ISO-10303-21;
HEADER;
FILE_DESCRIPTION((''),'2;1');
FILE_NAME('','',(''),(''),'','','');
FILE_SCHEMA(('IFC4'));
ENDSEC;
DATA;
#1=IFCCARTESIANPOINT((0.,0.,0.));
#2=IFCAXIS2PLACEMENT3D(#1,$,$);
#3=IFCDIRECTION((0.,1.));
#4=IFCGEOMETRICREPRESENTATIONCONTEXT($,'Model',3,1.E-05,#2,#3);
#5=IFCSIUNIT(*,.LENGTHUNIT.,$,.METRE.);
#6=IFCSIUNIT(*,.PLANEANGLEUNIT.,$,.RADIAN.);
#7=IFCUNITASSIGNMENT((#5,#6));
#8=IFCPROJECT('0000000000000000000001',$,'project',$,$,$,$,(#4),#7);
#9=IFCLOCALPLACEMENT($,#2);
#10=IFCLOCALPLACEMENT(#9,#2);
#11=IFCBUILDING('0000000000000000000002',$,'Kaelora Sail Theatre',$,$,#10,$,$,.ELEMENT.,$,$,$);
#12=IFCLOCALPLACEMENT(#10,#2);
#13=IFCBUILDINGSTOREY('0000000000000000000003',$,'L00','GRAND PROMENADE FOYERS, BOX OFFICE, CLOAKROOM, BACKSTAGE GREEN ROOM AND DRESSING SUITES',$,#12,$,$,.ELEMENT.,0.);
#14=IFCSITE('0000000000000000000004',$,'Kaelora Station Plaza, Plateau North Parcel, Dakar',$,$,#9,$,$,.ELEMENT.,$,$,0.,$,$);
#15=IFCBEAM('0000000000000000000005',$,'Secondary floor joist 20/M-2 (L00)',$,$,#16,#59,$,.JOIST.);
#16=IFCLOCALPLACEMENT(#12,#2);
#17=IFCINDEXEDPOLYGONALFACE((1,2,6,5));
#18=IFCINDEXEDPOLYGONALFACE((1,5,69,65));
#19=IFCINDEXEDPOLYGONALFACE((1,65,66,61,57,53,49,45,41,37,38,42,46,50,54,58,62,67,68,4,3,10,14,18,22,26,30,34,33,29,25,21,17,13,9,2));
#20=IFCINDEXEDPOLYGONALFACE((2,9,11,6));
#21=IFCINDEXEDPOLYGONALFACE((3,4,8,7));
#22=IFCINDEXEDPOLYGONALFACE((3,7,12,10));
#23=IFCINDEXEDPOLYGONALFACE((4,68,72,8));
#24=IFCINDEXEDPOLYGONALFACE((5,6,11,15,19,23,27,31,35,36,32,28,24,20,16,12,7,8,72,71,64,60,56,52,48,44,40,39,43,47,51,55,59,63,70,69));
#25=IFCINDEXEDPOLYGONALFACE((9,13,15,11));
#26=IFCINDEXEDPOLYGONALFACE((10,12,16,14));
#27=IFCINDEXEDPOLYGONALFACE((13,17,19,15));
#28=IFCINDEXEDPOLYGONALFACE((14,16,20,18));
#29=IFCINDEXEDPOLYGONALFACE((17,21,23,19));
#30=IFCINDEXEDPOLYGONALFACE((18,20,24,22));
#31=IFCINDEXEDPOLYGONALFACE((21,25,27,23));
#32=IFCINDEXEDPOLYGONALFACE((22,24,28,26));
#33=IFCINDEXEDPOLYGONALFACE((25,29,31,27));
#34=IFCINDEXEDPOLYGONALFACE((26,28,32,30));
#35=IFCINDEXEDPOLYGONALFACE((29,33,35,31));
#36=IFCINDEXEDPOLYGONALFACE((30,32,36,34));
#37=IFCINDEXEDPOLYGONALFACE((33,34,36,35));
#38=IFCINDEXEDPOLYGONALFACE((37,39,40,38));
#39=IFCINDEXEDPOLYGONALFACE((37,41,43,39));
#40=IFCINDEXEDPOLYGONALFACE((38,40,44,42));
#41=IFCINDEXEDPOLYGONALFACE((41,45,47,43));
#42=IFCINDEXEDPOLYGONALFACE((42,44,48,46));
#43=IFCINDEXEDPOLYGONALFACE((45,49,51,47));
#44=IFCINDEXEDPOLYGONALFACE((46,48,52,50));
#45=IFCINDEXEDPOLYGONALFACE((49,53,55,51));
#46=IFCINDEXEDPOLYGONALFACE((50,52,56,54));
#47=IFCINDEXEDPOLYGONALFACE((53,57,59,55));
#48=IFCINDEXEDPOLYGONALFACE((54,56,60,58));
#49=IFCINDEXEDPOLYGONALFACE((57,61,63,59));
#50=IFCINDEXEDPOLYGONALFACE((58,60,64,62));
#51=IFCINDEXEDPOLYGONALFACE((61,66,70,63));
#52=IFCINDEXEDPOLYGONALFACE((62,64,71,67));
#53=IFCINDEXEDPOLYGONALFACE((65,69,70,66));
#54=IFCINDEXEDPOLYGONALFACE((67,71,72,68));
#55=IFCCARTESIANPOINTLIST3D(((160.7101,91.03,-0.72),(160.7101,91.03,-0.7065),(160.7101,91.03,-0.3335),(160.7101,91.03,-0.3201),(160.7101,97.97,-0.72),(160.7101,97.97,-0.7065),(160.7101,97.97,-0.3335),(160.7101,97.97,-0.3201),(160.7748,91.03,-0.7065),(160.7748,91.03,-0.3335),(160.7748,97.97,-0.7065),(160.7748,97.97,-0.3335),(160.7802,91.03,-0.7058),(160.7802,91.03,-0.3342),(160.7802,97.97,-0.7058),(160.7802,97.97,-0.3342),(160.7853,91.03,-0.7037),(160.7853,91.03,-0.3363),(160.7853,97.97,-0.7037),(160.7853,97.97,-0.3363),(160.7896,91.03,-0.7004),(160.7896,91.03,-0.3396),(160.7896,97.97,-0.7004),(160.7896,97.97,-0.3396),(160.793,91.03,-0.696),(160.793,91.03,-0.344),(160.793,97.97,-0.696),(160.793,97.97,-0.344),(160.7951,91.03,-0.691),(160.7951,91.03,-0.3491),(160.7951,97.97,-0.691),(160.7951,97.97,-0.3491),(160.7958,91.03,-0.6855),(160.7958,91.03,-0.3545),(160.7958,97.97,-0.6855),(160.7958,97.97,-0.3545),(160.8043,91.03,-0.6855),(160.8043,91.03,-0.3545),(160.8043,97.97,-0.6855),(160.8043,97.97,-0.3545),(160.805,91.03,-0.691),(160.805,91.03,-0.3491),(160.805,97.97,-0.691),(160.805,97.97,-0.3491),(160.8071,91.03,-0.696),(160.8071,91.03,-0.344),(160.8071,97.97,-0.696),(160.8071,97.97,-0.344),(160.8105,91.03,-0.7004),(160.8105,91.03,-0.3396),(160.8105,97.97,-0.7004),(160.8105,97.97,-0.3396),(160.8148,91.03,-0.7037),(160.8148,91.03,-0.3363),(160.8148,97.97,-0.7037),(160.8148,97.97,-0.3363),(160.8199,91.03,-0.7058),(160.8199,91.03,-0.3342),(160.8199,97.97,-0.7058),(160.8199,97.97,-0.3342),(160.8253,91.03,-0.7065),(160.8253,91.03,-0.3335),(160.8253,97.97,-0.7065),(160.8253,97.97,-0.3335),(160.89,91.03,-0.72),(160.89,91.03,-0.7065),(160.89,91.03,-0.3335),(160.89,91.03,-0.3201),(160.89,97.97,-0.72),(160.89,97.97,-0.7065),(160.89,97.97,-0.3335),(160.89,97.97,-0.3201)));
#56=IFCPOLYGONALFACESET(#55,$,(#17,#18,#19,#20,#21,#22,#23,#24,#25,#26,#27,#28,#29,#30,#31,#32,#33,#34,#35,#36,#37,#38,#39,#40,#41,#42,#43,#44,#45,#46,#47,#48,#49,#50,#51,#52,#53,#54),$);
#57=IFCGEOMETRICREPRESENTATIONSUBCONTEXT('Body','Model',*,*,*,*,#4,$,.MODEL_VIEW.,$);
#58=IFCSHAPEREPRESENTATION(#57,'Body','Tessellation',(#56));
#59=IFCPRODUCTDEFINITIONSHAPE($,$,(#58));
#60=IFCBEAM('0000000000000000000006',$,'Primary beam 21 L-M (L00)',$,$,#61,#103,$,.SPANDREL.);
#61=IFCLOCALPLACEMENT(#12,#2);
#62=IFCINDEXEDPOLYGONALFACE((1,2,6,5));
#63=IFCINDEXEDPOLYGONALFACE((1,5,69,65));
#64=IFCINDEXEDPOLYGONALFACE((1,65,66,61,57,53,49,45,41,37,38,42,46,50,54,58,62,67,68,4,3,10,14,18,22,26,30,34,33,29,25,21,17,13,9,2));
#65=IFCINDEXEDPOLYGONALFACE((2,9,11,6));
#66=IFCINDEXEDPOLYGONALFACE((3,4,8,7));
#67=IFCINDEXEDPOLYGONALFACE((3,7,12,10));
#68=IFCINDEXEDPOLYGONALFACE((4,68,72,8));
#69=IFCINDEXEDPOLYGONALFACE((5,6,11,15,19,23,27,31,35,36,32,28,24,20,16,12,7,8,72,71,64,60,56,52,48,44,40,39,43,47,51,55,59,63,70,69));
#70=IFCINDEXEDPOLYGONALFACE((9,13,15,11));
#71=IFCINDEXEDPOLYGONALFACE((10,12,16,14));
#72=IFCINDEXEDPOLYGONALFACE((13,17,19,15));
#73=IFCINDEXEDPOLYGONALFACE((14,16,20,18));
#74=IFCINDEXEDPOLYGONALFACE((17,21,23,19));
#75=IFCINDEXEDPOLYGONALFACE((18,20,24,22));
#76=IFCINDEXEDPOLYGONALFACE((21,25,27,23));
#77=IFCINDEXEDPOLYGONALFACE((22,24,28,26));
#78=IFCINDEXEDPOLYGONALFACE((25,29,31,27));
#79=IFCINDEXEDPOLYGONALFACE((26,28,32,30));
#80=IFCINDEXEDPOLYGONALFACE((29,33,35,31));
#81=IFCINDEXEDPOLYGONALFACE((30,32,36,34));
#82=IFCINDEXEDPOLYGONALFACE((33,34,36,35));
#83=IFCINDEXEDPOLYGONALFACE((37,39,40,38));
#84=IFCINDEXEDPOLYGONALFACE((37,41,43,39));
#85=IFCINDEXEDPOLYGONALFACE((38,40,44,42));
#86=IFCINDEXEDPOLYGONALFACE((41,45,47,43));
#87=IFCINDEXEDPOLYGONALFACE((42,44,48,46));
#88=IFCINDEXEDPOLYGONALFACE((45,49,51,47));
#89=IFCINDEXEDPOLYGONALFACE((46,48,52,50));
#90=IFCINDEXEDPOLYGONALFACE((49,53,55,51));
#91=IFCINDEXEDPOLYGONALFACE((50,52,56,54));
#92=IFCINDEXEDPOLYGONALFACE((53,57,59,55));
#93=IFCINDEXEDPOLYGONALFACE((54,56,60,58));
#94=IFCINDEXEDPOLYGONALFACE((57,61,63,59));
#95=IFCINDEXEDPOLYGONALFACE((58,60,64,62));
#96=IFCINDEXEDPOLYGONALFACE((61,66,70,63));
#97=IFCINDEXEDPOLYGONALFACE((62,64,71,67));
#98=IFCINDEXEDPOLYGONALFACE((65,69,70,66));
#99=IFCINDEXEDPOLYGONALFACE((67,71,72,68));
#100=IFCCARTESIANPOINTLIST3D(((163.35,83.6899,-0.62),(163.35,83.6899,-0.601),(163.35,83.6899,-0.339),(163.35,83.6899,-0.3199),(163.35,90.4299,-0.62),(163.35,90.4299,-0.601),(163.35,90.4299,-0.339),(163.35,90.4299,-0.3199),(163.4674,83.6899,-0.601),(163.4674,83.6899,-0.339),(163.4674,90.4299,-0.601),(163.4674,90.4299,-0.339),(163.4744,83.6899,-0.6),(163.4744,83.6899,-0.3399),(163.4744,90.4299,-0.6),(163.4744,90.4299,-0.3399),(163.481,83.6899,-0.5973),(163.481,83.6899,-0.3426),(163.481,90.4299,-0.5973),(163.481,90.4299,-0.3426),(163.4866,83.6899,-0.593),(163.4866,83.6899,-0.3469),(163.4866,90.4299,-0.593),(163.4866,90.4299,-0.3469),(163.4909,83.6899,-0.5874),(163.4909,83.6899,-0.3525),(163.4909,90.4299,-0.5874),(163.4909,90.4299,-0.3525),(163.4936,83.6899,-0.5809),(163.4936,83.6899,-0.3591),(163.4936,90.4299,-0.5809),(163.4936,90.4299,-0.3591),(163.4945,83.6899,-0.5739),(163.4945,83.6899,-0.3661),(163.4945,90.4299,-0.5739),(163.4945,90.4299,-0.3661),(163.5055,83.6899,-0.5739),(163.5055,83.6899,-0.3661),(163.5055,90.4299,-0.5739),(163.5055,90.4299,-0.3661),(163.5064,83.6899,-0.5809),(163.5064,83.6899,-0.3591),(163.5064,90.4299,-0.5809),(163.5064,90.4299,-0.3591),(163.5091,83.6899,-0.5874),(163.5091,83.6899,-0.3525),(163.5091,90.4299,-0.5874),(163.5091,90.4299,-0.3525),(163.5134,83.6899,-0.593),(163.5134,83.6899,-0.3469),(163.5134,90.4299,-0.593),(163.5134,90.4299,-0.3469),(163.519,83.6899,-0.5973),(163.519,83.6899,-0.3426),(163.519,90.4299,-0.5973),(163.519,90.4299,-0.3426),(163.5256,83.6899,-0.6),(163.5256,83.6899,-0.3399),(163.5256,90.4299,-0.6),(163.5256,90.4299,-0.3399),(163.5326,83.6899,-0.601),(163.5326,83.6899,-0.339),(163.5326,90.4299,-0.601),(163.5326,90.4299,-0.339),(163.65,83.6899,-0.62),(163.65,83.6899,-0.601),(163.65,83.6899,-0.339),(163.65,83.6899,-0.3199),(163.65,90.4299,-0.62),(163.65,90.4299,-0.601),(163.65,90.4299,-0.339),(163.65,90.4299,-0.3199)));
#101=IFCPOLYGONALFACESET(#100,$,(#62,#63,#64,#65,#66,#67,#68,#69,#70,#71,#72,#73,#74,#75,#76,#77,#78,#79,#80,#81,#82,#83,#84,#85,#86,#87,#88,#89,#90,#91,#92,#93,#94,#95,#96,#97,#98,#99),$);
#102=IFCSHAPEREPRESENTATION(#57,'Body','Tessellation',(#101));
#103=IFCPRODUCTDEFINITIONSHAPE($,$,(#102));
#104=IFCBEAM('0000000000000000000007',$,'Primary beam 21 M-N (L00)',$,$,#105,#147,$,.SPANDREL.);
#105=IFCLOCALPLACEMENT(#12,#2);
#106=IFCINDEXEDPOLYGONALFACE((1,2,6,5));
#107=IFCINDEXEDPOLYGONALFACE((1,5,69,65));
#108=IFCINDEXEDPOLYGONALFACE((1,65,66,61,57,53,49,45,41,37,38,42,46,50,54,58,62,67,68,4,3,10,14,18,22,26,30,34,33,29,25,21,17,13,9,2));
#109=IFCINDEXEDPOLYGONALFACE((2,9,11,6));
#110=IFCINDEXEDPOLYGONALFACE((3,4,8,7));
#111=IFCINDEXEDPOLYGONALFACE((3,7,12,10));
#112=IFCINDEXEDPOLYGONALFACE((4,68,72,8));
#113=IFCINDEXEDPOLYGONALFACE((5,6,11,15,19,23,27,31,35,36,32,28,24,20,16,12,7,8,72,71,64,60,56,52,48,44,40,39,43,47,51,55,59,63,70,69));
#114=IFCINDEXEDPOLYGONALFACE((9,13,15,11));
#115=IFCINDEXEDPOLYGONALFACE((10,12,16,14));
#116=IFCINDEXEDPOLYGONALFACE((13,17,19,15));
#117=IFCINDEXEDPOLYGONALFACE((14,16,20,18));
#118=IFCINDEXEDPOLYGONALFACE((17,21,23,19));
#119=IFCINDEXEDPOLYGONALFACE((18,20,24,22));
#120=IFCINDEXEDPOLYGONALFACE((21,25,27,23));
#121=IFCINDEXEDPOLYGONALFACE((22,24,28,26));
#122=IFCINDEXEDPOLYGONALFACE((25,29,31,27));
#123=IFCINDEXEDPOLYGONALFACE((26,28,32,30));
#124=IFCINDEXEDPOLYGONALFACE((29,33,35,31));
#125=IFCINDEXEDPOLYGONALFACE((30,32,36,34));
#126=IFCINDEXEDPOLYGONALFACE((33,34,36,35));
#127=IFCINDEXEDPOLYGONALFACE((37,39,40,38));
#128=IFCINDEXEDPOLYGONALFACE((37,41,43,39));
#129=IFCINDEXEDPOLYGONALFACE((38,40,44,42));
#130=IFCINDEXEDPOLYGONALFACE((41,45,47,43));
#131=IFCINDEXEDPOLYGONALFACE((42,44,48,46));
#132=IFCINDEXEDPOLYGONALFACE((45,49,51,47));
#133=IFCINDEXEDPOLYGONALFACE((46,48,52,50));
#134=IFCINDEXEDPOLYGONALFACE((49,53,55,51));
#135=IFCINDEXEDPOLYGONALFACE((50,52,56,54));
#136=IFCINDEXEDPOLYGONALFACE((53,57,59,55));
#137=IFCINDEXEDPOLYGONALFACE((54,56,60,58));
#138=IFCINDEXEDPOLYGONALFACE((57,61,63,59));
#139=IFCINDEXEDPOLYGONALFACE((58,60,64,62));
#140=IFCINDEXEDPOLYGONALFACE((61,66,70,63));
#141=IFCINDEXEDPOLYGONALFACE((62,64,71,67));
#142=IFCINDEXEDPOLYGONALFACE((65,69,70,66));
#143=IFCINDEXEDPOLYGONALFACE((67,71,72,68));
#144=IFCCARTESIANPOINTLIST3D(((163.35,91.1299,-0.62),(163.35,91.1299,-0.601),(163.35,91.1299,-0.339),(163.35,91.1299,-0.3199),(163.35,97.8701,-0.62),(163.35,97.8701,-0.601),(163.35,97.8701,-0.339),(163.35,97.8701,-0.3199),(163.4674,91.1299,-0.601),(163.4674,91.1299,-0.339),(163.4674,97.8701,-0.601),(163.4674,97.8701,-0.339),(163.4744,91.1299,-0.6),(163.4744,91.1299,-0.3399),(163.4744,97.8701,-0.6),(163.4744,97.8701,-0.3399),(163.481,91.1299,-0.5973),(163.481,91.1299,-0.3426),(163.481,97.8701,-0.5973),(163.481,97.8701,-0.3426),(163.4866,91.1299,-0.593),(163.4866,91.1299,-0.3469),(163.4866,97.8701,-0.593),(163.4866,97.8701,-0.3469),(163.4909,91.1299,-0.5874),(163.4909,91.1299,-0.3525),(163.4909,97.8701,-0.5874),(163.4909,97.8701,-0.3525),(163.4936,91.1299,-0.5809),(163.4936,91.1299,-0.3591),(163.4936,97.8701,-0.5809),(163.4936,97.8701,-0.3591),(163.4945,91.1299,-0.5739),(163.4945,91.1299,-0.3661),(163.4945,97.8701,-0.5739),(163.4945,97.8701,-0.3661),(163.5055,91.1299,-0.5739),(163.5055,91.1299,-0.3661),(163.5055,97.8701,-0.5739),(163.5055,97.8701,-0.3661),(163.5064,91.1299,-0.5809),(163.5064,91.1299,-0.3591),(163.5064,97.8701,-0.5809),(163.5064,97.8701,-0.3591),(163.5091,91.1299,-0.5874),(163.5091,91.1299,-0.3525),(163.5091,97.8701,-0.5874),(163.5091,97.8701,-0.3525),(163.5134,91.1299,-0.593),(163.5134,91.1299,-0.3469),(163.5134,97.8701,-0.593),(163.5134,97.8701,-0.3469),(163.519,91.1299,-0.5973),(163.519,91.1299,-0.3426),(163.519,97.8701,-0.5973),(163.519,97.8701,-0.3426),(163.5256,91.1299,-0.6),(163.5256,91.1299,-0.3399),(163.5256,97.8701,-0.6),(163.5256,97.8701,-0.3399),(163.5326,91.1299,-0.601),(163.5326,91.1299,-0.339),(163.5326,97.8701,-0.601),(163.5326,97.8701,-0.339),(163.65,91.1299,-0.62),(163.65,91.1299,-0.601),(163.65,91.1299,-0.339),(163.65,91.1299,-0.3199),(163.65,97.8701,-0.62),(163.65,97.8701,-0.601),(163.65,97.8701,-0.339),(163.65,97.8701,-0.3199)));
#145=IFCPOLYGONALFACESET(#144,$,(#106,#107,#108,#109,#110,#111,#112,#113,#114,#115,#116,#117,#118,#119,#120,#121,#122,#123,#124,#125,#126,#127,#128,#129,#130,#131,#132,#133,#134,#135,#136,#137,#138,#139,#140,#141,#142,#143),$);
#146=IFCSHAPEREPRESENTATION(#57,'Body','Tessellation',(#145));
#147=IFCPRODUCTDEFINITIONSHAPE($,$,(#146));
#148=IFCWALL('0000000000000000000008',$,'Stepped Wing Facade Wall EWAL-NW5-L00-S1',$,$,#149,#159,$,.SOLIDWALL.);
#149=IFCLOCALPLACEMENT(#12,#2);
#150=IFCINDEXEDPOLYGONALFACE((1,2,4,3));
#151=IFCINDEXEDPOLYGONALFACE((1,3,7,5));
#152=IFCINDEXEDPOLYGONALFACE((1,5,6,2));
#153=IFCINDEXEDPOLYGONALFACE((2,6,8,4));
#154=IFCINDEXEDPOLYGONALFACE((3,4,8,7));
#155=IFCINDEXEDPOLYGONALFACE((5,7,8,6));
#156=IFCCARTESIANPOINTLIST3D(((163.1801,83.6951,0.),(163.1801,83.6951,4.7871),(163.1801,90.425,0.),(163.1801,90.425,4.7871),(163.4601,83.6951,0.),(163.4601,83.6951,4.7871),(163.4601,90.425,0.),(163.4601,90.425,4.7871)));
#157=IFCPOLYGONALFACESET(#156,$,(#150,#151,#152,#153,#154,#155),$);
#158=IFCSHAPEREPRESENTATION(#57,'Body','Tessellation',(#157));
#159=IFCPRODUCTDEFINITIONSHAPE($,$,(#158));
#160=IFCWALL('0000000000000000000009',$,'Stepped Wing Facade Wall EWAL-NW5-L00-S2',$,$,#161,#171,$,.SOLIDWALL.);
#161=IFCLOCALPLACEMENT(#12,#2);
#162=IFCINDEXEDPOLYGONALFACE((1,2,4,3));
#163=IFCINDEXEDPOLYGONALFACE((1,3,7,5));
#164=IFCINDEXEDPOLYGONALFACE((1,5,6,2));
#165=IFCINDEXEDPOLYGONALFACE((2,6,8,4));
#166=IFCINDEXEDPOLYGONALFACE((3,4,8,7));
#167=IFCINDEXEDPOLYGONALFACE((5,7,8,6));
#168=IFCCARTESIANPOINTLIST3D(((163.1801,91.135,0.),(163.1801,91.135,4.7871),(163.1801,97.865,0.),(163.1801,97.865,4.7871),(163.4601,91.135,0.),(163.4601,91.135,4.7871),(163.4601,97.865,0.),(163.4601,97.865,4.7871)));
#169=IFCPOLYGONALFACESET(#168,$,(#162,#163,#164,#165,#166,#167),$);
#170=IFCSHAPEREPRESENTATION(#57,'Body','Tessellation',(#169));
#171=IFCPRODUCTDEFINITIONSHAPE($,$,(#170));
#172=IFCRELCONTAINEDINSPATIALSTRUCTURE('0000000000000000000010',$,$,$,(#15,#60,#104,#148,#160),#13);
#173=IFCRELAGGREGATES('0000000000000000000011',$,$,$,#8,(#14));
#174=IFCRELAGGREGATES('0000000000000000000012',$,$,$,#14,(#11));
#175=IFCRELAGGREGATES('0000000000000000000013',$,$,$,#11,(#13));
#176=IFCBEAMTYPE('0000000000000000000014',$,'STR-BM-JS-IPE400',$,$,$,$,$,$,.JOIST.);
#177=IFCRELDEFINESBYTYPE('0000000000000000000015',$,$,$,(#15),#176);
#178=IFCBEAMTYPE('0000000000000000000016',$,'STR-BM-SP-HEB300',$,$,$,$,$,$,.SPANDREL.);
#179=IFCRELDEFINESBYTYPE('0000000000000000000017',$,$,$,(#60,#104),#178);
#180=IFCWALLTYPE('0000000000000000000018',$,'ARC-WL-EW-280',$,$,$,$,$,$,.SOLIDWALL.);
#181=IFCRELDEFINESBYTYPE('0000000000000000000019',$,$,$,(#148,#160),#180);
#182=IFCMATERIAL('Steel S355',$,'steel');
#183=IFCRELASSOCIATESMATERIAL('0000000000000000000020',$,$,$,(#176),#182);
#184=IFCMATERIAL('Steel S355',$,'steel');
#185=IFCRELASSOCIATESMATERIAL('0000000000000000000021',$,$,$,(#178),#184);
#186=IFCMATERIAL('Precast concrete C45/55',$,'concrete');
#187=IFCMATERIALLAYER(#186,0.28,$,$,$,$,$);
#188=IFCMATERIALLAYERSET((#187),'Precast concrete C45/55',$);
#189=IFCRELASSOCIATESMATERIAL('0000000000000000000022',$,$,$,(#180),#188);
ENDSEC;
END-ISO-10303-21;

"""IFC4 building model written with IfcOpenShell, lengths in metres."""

from ifc_helpers import new_model, si_unit, direction, frame, frame_2d, origin, origin_2d, place, context, subcontext, project, spatial, rectangle, i_section, extrude, material, layer, layer_set, material_profile, profile_set, type_object, element, save


model = new_model("IFC4")

# Units and contexts
model_context = context("Model", 3, precision=1e-05, world=origin(), true_north=direction((0.0, 1.0)))
body_context = subcontext(model_context, "Body", "Model", "MODEL_VIEW")
ifc_project = project(units=[si_unit("LENGTHUNIT", "METRE"), si_unit("PLANEANGLEUNIT", "RADIAN")], contexts=[model_context])

# Site, building, storey
site_placement = place(None, origin())
site = spatial("IfcSite", under=ifc_project, at=site_placement, Name="Kaelora Station Plaza, Plateau North Parcel, Dakar", CompositionType="ELEMENT", RefElevation=0.0)
building_placement = place(site_placement, origin())
building = spatial("IfcBuilding", under=site, at=building_placement, Name="Kaelora Sail Theatre", CompositionType="ELEMENT")
storey_placement = place(building_placement, origin())
storey = spatial("IfcBuildingStorey", under=building, at=storey_placement, Name="L00", Description="GRAND PROMENADE FOYERS, BOX OFFICE, CLOAKROOM, BACKSTAGE GREEN ROOM AND DRESSING SUITES", CompositionType="ELEMENT", Elevation=0.0)

# Beams
ifc_material_1 = material(Name="Steel S355", Category="steel")
ifc_material_profile_1 = material_profile(ifc_material_1, i_section(OverallWidth=0.1799, OverallDepth=0.3999, WebThickness=0.0085, FlangeThickness=0.0134, FilletRadius=0.021, at=origin_2d()), Name="IPE 400")
ifc_profile_set_1 = profile_set([ifc_material_profile_1], Name="Steel S355")
beam_type_1 = type_object("IfcBeamType", Name="STR-BM-JS-IPE400", PredefinedType="JOIST", material=ifc_profile_set_1)
beam_1_placement = place(storey_placement, frame((160.8, 91.03, -0.52), z_axis=(0.0, 1.0, 0.0), x_axis=(-1.0, 0.0, 0.0)))
element("IfcBeam", 1, at=beam_1_placement, inside=storey, type_object=beam_type_1, Name="Secondary floor joist 20/M-2 (L00)", PredefinedType="JOIST", context=body_context, shape_type="SweptSolid", body=[
    extrude(i_section(OverallWidth=0.1799, OverallDepth=0.3999, WebThickness=0.0085, FlangeThickness=0.0134, FilletRadius=0.021, at=origin_2d()), origin(), (0.0, 0.0, 1.0), 6.9399),
])
ifc_material_2 = material(Name="Steel S355", Category="steel")
ifc_material_profile_2 = material_profile(ifc_material_2, i_section(OverallWidth=0.3, OverallDepth=0.3, WebThickness=0.011, FlangeThickness=0.019, FilletRadius=0.0271, at=origin_2d()), Name="HEB 300")
ifc_profile_set_2 = profile_set([ifc_material_profile_2], Name="Steel S355")
beam_type_2 = type_object("IfcBeamType", Name="STR-BM-SP-HEB300", PredefinedType="SPANDREL", material=ifc_profile_set_2)
beam_2_placement = place(storey_placement, frame((163.5, 83.6899, -0.47), z_axis=(0.0, 1.0, 0.0), x_axis=(-1.0, 0.0, 0.0)))
element("IfcBeam", 2, at=beam_2_placement, inside=storey, type_object=beam_type_2, Name="Primary beam 21 L-M (L00)", PredefinedType="SPANDREL", context=body_context, shape_type="SweptSolid", body=[
    extrude(i_section(OverallWidth=0.3, OverallDepth=0.3, WebThickness=0.011, FlangeThickness=0.019, FilletRadius=0.0271, at=origin_2d()), origin(), (0.0, 0.0, 1.0), 6.74),
])
beam_3_placement = place(storey_placement, frame((163.5, 91.1299, -0.47), z_axis=(0.0, 1.0, 0.0), x_axis=(-1.0, 0.0, 0.0)))
element("IfcBeam", 3, at=beam_3_placement, inside=storey, type_object=beam_type_2, Name="Primary beam 21 M-N (L00)", PredefinedType="SPANDREL", context=body_context, shape_type="SweptSolid", body=[
    extrude(i_section(OverallWidth=0.3, OverallDepth=0.3, WebThickness=0.011, FlangeThickness=0.019, FilletRadius=0.0271, at=origin_2d()), origin(), (0.0, 0.0, 1.0), 6.7402),
])

# Walls
ifc_material_3 = material(Name="Precast concrete C45/55", Category="concrete")
ifc_layer = layer(ifc_material_3, 0.28)
ifc_layer_set = layer_set([ifc_layer], Name="Precast concrete C45/55")
wall_type = type_object("IfcWallType", Name="ARC-WL-EW-280", PredefinedType="SOLIDWALL", material=ifc_layer_set)
for number, where, z_axis, x_axis, name in (
    (4, (163.3201, 83.6951, 0.0), (0.0, 0.0, 1.0), (0.0, 1.0, 0.0), "Stepped Wing Facade Wall EWAL-NW5-L00-S1"),
    (5, (163.3201, 91.135, 0.0), (0.0, 0.0, 1.0), (0.0, 1.0, 0.0), "Stepped Wing Facade Wall EWAL-NW5-L00-S2"),
):
    element("IfcWall", number, at=place(storey_placement, frame(where, z_axis=z_axis, x_axis=x_axis)), inside=storey, type_object=wall_type, Name=name, PredefinedType="SOLIDWALL", context=body_context, shape_type="SweptSolid", body=[
        extrude(rectangle(XDim=6.73, YDim=0.28, at=frame_2d((3.365, 0.0))), origin(), (0.0, 0.0, 1.0), 4.7871),
    ])

save(model, "model.ifc")
